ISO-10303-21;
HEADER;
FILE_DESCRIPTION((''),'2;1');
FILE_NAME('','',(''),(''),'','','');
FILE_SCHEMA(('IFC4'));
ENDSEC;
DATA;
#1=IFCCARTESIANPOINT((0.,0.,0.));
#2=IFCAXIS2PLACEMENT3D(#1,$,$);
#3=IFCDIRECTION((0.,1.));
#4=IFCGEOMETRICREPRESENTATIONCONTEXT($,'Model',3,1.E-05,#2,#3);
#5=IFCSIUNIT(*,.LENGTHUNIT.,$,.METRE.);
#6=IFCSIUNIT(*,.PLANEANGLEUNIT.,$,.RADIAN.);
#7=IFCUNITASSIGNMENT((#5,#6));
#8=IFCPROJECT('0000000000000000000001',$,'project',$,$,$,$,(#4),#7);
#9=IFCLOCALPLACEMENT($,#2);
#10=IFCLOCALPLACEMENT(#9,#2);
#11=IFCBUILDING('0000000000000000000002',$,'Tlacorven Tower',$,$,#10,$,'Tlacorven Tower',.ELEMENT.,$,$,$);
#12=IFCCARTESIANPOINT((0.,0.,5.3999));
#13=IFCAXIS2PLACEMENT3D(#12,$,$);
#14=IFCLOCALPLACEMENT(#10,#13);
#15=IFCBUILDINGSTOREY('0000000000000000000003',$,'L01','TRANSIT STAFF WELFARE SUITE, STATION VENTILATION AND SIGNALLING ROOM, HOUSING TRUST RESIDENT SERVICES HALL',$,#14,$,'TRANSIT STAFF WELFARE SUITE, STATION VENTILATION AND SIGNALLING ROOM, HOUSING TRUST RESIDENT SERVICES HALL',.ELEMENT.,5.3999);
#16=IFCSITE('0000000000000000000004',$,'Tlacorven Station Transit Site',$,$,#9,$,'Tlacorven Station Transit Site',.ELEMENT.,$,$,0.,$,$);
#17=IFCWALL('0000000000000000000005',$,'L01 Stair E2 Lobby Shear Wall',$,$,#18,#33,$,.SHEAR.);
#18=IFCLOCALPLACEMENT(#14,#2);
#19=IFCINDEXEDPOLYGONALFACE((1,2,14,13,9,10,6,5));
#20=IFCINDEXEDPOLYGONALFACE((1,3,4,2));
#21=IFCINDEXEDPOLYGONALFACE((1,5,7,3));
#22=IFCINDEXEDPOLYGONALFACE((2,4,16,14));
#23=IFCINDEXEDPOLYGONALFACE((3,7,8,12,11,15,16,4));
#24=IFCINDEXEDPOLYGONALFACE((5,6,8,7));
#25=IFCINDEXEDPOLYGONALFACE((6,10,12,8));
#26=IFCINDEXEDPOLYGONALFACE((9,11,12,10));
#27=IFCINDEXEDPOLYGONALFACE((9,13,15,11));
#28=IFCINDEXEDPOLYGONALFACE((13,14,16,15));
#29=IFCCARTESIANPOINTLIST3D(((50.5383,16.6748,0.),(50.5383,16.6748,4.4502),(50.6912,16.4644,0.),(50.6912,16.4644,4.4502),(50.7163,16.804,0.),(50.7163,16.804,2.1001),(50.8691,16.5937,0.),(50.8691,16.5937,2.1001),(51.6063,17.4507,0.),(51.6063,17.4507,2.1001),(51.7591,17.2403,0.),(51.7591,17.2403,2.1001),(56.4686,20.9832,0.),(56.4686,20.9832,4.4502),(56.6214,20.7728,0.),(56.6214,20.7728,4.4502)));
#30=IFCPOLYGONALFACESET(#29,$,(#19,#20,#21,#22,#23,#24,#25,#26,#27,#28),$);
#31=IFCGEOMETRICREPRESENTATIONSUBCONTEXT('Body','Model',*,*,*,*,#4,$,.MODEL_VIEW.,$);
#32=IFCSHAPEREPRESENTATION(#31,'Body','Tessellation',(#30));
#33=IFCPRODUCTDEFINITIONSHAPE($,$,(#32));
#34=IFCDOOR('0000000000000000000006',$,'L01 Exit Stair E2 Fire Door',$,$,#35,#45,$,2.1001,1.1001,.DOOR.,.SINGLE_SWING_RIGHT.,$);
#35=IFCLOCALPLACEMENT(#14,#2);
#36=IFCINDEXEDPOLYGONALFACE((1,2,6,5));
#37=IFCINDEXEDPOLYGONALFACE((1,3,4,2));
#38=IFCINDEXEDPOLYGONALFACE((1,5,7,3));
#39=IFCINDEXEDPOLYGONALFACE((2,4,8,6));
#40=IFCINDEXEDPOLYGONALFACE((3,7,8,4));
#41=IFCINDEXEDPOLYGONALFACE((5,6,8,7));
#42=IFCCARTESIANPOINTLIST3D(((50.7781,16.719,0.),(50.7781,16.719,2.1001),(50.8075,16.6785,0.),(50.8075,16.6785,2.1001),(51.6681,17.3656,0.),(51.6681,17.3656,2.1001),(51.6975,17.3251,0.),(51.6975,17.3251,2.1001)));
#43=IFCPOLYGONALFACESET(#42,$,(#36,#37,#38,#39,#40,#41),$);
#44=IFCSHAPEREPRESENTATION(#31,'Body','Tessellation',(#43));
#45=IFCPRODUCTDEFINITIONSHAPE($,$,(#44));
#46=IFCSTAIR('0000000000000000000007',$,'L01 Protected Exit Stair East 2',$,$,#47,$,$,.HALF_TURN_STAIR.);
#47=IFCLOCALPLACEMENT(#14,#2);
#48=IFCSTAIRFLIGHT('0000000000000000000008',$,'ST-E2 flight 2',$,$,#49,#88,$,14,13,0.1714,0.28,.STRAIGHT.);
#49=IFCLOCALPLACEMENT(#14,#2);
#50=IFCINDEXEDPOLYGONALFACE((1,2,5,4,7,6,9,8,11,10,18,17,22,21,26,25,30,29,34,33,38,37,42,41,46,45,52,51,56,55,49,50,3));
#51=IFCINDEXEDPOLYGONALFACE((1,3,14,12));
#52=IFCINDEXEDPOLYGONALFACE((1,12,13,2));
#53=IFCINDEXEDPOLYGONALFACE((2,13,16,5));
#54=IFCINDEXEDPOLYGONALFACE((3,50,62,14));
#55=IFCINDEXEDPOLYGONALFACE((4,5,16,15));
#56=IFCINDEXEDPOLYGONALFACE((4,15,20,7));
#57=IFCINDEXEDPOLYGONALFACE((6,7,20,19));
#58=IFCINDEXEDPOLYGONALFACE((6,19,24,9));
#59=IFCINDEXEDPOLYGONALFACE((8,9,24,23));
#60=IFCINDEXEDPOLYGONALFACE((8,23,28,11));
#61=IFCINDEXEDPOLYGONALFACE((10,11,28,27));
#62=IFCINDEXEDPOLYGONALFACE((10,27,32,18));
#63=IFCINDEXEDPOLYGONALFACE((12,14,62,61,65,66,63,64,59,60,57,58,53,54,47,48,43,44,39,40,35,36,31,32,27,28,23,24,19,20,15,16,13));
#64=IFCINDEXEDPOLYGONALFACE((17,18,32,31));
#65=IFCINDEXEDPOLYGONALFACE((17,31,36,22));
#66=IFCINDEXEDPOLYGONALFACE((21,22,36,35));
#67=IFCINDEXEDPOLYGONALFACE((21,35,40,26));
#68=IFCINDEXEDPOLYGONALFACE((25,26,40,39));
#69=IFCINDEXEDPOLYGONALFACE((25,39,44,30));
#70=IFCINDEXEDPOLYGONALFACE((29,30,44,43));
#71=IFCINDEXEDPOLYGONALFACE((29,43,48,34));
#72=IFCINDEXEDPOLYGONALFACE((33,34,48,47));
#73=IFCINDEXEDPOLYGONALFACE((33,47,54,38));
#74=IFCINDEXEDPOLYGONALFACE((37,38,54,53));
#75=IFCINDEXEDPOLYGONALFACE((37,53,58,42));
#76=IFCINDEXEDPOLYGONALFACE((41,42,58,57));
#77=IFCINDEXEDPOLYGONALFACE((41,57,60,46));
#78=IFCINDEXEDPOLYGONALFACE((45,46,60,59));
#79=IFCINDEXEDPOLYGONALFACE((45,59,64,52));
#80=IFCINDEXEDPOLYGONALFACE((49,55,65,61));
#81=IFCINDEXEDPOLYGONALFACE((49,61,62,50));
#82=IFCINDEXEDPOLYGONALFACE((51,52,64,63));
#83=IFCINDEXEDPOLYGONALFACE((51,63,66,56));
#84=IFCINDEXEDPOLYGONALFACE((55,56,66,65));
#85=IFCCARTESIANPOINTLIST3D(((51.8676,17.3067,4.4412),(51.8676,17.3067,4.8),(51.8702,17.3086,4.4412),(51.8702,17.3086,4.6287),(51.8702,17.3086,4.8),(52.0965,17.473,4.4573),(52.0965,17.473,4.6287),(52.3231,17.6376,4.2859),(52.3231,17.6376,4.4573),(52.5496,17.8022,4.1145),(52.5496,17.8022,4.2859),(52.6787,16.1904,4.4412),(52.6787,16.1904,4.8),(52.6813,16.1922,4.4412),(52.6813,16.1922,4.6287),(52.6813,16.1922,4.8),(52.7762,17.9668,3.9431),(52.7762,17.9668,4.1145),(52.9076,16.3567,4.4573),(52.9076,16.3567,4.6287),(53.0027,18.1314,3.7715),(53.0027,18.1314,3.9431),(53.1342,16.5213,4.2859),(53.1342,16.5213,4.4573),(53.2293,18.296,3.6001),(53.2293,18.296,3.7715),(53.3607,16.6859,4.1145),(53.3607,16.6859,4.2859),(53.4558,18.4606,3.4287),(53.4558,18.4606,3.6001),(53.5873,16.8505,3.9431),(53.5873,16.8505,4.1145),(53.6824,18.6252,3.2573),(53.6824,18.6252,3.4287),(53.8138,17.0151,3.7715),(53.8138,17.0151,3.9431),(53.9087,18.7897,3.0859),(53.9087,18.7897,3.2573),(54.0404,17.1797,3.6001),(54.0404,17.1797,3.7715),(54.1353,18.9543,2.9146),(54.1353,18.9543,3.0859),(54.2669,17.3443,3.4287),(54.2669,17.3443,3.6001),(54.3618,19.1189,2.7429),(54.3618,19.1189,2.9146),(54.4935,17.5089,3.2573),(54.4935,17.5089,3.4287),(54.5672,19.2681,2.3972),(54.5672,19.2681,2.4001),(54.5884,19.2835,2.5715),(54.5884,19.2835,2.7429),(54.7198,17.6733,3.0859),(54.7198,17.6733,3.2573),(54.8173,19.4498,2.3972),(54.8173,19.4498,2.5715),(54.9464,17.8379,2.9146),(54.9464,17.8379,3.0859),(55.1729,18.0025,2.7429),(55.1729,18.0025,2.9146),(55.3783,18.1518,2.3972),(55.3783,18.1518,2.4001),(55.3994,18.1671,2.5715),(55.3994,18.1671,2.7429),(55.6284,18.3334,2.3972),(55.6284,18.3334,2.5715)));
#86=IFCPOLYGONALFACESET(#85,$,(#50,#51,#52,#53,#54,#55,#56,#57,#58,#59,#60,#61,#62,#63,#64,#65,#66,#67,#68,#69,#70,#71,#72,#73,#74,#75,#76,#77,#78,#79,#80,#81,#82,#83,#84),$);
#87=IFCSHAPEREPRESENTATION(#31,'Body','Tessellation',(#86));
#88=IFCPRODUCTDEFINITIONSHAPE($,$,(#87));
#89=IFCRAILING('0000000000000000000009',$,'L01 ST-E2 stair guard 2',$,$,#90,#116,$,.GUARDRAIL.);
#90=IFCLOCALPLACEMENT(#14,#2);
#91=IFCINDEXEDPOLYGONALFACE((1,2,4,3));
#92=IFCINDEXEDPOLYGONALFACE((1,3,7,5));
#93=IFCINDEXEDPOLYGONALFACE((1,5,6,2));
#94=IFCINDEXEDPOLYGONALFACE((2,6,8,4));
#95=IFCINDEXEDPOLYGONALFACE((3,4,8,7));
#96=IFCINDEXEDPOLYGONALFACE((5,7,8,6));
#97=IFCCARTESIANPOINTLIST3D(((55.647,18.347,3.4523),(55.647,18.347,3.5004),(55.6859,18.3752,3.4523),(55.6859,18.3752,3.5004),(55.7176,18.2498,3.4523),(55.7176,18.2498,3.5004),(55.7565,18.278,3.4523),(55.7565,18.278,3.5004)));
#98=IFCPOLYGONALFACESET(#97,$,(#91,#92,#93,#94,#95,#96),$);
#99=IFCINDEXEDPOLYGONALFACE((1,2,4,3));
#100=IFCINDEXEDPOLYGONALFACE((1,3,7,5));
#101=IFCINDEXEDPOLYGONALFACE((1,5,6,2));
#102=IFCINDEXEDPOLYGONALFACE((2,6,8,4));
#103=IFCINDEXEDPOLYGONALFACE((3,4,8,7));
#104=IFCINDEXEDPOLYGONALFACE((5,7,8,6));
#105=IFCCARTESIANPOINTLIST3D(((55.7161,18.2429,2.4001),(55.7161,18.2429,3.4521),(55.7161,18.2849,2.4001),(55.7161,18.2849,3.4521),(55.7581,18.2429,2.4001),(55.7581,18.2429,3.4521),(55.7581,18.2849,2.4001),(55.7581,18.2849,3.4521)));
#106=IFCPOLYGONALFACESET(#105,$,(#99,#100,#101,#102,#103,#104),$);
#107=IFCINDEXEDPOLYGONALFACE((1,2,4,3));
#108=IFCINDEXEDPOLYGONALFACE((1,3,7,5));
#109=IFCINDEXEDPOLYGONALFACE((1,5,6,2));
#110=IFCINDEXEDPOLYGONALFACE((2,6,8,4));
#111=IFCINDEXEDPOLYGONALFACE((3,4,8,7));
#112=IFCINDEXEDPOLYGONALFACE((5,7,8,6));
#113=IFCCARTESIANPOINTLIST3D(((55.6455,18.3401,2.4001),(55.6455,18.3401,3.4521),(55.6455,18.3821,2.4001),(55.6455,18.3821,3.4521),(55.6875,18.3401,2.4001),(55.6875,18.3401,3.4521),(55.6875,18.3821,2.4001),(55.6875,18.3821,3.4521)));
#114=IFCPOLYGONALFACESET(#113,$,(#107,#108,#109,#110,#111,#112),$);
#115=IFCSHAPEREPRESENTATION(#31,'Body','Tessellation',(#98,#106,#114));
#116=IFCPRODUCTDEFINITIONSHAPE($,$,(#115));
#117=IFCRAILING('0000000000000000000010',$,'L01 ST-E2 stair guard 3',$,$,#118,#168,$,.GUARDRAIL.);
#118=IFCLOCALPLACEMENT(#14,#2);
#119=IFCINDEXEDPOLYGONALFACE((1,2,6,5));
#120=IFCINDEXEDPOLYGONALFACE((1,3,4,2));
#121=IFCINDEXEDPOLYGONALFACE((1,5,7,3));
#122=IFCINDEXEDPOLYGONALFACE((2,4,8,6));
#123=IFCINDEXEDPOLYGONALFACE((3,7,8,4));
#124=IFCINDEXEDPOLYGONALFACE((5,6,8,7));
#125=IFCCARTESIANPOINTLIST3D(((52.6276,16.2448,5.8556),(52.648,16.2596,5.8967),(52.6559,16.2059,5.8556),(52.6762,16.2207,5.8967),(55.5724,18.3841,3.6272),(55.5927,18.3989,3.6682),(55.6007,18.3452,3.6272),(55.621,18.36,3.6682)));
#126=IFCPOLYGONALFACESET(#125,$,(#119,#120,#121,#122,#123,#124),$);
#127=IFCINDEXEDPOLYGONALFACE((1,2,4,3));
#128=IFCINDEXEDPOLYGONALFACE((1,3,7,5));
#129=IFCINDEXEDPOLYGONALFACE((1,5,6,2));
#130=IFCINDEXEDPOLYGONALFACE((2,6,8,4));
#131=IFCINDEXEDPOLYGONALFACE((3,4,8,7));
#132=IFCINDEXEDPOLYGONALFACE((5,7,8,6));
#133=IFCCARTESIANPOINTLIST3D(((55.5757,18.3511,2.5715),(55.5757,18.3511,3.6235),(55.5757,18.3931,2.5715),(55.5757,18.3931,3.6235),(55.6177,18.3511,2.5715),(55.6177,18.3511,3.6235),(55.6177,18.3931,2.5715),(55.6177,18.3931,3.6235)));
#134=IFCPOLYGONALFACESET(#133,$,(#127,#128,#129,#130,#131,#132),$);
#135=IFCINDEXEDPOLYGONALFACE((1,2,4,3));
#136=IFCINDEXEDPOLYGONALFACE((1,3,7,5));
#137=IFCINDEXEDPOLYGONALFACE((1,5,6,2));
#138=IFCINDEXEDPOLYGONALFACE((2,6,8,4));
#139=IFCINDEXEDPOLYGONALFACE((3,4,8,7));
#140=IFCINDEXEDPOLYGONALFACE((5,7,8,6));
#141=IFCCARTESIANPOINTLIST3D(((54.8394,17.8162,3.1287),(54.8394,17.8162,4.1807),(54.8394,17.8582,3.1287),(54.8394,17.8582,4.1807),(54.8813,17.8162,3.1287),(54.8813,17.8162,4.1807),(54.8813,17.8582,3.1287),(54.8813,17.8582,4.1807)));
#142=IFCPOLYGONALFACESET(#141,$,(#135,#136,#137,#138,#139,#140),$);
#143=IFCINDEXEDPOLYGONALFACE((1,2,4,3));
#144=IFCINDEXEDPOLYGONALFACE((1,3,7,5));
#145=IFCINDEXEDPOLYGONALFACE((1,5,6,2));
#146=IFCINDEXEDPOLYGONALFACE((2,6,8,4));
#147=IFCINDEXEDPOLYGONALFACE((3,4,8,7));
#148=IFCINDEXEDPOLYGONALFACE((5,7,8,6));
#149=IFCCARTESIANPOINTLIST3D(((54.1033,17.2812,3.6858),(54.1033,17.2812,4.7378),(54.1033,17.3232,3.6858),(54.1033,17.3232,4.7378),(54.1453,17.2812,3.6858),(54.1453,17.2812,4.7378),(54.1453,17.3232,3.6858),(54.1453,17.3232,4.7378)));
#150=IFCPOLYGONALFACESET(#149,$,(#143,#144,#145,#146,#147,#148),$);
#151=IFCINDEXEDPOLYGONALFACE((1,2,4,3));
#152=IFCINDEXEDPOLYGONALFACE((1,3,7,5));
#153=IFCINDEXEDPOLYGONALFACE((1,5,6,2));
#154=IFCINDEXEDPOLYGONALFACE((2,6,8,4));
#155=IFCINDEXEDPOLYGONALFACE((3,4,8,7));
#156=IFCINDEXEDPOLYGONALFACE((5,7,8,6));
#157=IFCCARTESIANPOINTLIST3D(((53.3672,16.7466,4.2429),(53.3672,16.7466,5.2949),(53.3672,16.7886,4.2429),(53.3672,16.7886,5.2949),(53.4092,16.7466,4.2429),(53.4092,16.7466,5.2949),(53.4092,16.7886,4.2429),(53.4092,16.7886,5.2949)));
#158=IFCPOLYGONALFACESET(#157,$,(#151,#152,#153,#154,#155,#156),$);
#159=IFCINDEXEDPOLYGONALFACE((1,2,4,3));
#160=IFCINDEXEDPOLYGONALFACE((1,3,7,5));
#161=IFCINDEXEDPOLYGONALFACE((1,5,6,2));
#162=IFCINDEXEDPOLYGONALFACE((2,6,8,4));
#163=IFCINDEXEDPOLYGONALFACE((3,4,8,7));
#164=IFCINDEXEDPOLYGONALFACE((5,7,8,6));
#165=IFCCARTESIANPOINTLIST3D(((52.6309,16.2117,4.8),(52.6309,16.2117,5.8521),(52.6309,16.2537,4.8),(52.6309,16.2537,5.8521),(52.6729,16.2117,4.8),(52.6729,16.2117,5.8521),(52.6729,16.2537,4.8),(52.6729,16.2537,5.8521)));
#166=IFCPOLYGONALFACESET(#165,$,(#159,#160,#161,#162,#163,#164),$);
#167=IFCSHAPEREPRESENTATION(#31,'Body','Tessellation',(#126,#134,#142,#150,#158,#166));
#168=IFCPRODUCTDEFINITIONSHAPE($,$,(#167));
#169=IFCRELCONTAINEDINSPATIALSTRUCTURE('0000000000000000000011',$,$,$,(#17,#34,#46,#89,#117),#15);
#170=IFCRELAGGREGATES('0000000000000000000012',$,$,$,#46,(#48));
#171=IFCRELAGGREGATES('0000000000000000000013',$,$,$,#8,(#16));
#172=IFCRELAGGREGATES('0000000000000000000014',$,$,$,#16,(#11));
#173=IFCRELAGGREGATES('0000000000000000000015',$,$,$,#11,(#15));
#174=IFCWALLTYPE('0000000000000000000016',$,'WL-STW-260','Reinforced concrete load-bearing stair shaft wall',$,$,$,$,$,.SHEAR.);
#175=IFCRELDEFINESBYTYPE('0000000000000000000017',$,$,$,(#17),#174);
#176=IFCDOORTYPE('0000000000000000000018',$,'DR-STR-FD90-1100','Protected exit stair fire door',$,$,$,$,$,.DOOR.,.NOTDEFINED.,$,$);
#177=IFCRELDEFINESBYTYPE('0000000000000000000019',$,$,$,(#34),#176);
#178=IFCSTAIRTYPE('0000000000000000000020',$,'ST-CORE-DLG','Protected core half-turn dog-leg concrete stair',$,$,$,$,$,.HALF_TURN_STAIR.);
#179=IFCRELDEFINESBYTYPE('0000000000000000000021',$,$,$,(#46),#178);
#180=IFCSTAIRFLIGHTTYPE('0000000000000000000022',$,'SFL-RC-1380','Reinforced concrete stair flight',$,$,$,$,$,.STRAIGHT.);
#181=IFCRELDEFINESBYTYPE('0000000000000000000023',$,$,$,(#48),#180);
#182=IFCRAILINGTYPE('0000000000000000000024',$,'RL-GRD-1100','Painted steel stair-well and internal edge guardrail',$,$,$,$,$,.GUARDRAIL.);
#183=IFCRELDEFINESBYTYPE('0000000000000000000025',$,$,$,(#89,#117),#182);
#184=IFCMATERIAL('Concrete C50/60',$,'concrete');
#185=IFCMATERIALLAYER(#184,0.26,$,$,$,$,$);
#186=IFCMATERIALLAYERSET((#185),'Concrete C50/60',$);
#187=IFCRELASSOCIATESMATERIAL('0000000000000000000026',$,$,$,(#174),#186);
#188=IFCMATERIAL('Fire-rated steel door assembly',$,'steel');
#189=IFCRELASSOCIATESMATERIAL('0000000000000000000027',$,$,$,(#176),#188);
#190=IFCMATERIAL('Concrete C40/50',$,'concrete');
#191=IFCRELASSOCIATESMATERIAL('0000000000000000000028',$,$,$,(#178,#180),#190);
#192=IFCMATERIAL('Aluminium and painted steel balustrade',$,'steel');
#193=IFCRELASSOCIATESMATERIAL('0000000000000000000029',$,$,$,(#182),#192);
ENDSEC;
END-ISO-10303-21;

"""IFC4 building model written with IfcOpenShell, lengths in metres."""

from ifc_helpers import new_model, si_unit, direction, frame, frame_2d, origin, origin_2d, place, context, subcontext, project, spatial, polyline, rectangle, outline, extrude, source, transform, mapped, material, layer, layer_set, type_object, element, fill, aggregate, save


model = new_model("IFC4")

# Units and contexts
model_context = context("Model", 3, precision=1e-05, world=origin(), true_north=direction((0.0, 1.0)))
body_context = subcontext(model_context, "Body", "Model", "MODEL_VIEW")
ifc_project = project(units=[si_unit("LENGTHUNIT", "METRE"), si_unit("PLANEANGLEUNIT", "RADIAN")], contexts=[model_context])

# Site, building, storey
site_placement = place(None, origin())
site = spatial("IfcSite", under=ifc_project, at=site_placement, Name="Tlacorven Station Transit Site", LongName="Tlacorven Station Transit Site", CompositionType="ELEMENT", RefElevation=0.0)
building_placement = place(site_placement, origin())
building = spatial("IfcBuilding", under=site, at=building_placement, Name="Tlacorven Tower", LongName="Tlacorven Tower", CompositionType="ELEMENT")
storey_placement = place(building_placement, frame((0.0, 0.0, 5.3999)))
storey = spatial("IfcBuildingStorey", under=building, at=storey_placement, Name="L01", Description="TRANSIT STAFF WELFARE SUITE, STATION VENTILATION AND SIGNALLING ROOM, HOUSING TRUST RESIDENT SERVICES HALL", LongName="TRANSIT STAFF WELFARE SUITE, STATION VENTILATION AND SIGNALLING ROOM, HOUSING TRUST RESIDENT SERVICES HALL", CompositionType="ELEMENT", Elevation=5.3999)

# Shared definitions
ifc_material_1 = material(Name="Concrete C40/50", Category="concrete")
ifc_material_2 = material(Name="Fire-rated steel door assembly", Category="steel")

# Wall, opening, door
ifc_material_3 = material(Name="Concrete C50/60", Category="concrete")
ifc_layer_1 = layer(ifc_material_3, 0.26)
ifc_layer_set_1 = layer_set([ifc_layer_1], Name="Concrete C50/60")
wall_type_1 = type_object("IfcWallType", Name="WL-STW-260", Description="Reinforced concrete load-bearing stair shaft wall", PredefinedType="SHEAR", material=ifc_layer_set_1)
door_type_1 = type_object("IfcDoorType", Name="DR-STR-FD90-1100", Description="Protected exit stair fire door", OperationType="NOTDEFINED", PredefinedType="DOOR", material=ifc_material_2)
shared_shape_1 = source(origin(), body_context, "Body", "SweptSolid", [
    extrude(rectangle(XDim=1.1001, YDim=2.1001, at=frame_2d((0.55, 1.05))), frame((0.0, 0.0249, 0.0), z_axis=(0.0, -1.0, 0.0), x_axis=(1.0, 0.0, 0.0)), (0.0, 0.0, 1.0), 0.05),
])
wall_1_placement = place(storey_placement, frame((50.6147, 16.5696, 0.0), z_axis=(0.0, 0.0, 1.0), x_axis=(0.809028, 0.58777, 0.0)))
wall_1 = element("IfcWall", 1, at=wall_1_placement, inside=storey, type_object=wall_type_1, Name="L01 Stair E2 Lobby Shear Wall", PredefinedType="SHEAR", context=body_context, shape_type="SweptSolid", body=[
    extrude(rectangle(XDim=7.3301, YDim=0.26, at=frame_2d((3.665, 0.0))), origin(), (0.0, 0.0, 1.0), 4.4502),
])
opening_1_placement = place(wall_1_placement, frame((0.22, 0.0, 0.0)))
opening_1 = element("IfcOpeningElement", 2, at=opening_1_placement, cuts=wall_1, PredefinedType="OPENING", context=body_context, shape_type="SweptSolid", body=[
    extrude(rectangle(XDim=1.1001, YDim=2.1001, at=frame_2d((0.55, 1.05))), frame((0.0, 0.1401, 0.0), z_axis=(0.0, -1.0, 0.0), x_axis=(1.0, 0.0, 0.0)), (0.0, 0.0, 1.0), 0.28),
])
door_1_placement = place(opening_1_placement, origin())
door_1 = element("IfcDoor", 3, at=door_1_placement, inside=storey, type_object=door_type_1, Name="L01 Exit Stair E2 Fire Door", OperationType="SINGLE_SWING_RIGHT", OverallHeight=2.1001, OverallWidth=1.1001, PredefinedType="DOOR", context=body_context, shape_type="MappedRepresentation", body=[
    mapped(shared_shape_1, transform((0.0, 0.0, 0.0), scale=1.0)),
])
fill(opening_1, door_1)

# Stair, stair flight
stair_type = type_object("IfcStairType", Name="ST-CORE-DLG", Description="Protected core half-turn dog-leg concrete stair", PredefinedType="HALF_TURN_STAIR", material=ifc_material_1)
stair_placement = place(storey_placement, origin())
stair = element("IfcStair", 4, at=stair_placement, inside=storey, type_object=stair_type, Name="L01 Protected Exit Stair East 2", PredefinedType="HALF_TURN_STAIR")
stair_flight_type = type_object("IfcStairFlightType", Name="SFL-RC-1380", Description="Reinforced concrete stair flight", PredefinedType="STRAIGHT", material=ifc_material_1)
shared_shape_2 = source(origin(), body_context, "Body", "SweptSolid", [
    extrude(outline(polyline([(-0.0029, -0.0029), (-0.0029, 0.1714), (0.28, 0.1714), (0.28, 0.3428), (0.5601, 0.3428), (0.5601, 0.5144), (0.8401, 0.5144), (0.8401, 0.6858), (1.1201, 0.6858), (1.1201, 0.8572), (1.3999, 0.8572), (1.3999, 1.0286), (1.6799, 1.0286), (1.6799, 1.2), (1.96, 1.2), (1.96, 1.3713), (2.24, 1.3713), (2.24, 1.543), (2.52, 1.543), (2.52, 1.7144), (2.8, 1.7144), (2.8, 1.8857), (3.0801, 1.8857), (3.0801, 2.0571), (3.3601, 2.0571), (3.3601, 2.2285), (3.6399, 2.2285), (3.6399, 2.3999), (3.6431, 2.3999), (3.6431, 2.041), (3.6399, 2.041), (0.3062, 0.0), (0.3062, -0.0029), (-0.0029, -0.0029)])), frame((0.0, 0.6899, 0.0), z_axis=(0.0, -1.0, 0.0), x_axis=(1.0, 0.0, 0.0)), (0.0, 0.0, 1.0), 1.3799),
])
stair_flight_placement = place(storey_placement, frame((55.2205, 18.8899, 2.4001), z_axis=(0.0, 0.0, 1.0), x_axis=(-0.809017, -0.587785, 0.0)))
stair_flight = element("IfcStairFlight", 5, at=stair_flight_placement, type_object=stair_flight_type, Name="ST-E2 flight 2", NumberOfRisers=14, NumberOfTreads=13, PredefinedType="STRAIGHT", RiserHeight=0.1714, TreadLength=0.28, context=body_context, shape_type="MappedRepresentation", body=[
    mapped(shared_shape_2, transform((0.0, 0.0, 0.0), scale=1.0)),
])
aggregate(stair, [stair_flight])

# Railings
ifc_material_4 = material(Name="Aluminium and painted steel balustrade", Category="steel")
railing_type_1 = type_object("IfcRailingType", Name="RL-GRD-1100", Description="Painted steel stair-well and internal edge guardrail", PredefinedType="GUARDRAIL", material=ifc_material_4)
shared_shape_3 = source(origin(), body_context, "Body", "SweptSolid", [
    extrude(rectangle(XDim=0.0481, YDim=0.0481, at=origin_2d()), frame((0.0, 0.0, 1.0762), z_axis=(-0.587567, 0.809175, 0.0), x_axis=(-0.809175, -0.587567, 0.0)), (0.0, 0.0, 1.0), 0.1201),
    extrude(rectangle(XDim=0.042, YDim=0.042, at=origin_2d()), origin(), (0.0, 0.0, 1.0), 1.052),
    extrude(rectangle(XDim=0.042, YDim=0.042, at=origin_2d()), frame((-0.0706, 0.0972, 0.0)), (0.0, 0.0, 1.0), 1.052),
])
railing_1_placement = place(storey_placement, frame((55.7371, 18.2639, 2.4001)))
element("IfcRailing", 6, at=railing_1_placement, inside=storey, type_object=railing_type_1, Name="L01 ST-E2 stair guard 2", PredefinedType="GUARDRAIL", context=body_context, shape_type="MappedRepresentation", body=[
    mapped(shared_shape_3, transform((0.0, 0.0, 0.0), scale=1.0)),
])
shared_shape_4 = source(origin(), body_context, "Body", "SweptSolid", [
    extrude(rectangle(XDim=0.0481, YDim=0.0481, at=origin_2d()), frame((0.0, 0.0, 1.0762), z_axis=(-0.689987, -0.501273, 0.522152), x_axis=(0.587761, -0.809035, 0.0)), (0.0, 0.0, 1.0), 4.2678),
    extrude(rectangle(XDim=0.042, YDim=0.042, at=origin_2d()), origin(), (0.0, 0.0, 1.0), 1.052),
    extrude(rectangle(XDim=0.042, YDim=0.042, at=origin_2d()), frame((-0.7363, -0.5349, 0.5571)), (0.0, 0.0, 1.0), 1.052),
    extrude(rectangle(XDim=0.042, YDim=0.042, at=origin_2d()), frame((-1.4724, -1.0698, 1.1143)), (0.0, 0.0, 1.0), 1.052),
    extrude(rectangle(XDim=0.042, YDim=0.042, at=origin_2d()), frame((-2.2085, -1.6045, 1.6714)), (0.0, 0.0, 1.0), 1.052),
    extrude(rectangle(XDim=0.042, YDim=0.042, at=origin_2d()), frame((-2.9448, -2.1394, 2.2285)), (0.0, 0.0, 1.0), 1.052),
])
railing_2_placement = place(storey_placement, frame((55.5967, 18.3721, 2.5715)))
element("IfcRailing", 7, at=railing_2_placement, inside=storey, type_object=railing_type_1, Name="L01 ST-E2 stair guard 3", PredefinedType="GUARDRAIL", context=body_context, shape_type="MappedRepresentation", body=[
    mapped(shared_shape_4, transform((0.0, 0.0, 0.0), scale=1.0)),
])

save(model, "model.ifc")
